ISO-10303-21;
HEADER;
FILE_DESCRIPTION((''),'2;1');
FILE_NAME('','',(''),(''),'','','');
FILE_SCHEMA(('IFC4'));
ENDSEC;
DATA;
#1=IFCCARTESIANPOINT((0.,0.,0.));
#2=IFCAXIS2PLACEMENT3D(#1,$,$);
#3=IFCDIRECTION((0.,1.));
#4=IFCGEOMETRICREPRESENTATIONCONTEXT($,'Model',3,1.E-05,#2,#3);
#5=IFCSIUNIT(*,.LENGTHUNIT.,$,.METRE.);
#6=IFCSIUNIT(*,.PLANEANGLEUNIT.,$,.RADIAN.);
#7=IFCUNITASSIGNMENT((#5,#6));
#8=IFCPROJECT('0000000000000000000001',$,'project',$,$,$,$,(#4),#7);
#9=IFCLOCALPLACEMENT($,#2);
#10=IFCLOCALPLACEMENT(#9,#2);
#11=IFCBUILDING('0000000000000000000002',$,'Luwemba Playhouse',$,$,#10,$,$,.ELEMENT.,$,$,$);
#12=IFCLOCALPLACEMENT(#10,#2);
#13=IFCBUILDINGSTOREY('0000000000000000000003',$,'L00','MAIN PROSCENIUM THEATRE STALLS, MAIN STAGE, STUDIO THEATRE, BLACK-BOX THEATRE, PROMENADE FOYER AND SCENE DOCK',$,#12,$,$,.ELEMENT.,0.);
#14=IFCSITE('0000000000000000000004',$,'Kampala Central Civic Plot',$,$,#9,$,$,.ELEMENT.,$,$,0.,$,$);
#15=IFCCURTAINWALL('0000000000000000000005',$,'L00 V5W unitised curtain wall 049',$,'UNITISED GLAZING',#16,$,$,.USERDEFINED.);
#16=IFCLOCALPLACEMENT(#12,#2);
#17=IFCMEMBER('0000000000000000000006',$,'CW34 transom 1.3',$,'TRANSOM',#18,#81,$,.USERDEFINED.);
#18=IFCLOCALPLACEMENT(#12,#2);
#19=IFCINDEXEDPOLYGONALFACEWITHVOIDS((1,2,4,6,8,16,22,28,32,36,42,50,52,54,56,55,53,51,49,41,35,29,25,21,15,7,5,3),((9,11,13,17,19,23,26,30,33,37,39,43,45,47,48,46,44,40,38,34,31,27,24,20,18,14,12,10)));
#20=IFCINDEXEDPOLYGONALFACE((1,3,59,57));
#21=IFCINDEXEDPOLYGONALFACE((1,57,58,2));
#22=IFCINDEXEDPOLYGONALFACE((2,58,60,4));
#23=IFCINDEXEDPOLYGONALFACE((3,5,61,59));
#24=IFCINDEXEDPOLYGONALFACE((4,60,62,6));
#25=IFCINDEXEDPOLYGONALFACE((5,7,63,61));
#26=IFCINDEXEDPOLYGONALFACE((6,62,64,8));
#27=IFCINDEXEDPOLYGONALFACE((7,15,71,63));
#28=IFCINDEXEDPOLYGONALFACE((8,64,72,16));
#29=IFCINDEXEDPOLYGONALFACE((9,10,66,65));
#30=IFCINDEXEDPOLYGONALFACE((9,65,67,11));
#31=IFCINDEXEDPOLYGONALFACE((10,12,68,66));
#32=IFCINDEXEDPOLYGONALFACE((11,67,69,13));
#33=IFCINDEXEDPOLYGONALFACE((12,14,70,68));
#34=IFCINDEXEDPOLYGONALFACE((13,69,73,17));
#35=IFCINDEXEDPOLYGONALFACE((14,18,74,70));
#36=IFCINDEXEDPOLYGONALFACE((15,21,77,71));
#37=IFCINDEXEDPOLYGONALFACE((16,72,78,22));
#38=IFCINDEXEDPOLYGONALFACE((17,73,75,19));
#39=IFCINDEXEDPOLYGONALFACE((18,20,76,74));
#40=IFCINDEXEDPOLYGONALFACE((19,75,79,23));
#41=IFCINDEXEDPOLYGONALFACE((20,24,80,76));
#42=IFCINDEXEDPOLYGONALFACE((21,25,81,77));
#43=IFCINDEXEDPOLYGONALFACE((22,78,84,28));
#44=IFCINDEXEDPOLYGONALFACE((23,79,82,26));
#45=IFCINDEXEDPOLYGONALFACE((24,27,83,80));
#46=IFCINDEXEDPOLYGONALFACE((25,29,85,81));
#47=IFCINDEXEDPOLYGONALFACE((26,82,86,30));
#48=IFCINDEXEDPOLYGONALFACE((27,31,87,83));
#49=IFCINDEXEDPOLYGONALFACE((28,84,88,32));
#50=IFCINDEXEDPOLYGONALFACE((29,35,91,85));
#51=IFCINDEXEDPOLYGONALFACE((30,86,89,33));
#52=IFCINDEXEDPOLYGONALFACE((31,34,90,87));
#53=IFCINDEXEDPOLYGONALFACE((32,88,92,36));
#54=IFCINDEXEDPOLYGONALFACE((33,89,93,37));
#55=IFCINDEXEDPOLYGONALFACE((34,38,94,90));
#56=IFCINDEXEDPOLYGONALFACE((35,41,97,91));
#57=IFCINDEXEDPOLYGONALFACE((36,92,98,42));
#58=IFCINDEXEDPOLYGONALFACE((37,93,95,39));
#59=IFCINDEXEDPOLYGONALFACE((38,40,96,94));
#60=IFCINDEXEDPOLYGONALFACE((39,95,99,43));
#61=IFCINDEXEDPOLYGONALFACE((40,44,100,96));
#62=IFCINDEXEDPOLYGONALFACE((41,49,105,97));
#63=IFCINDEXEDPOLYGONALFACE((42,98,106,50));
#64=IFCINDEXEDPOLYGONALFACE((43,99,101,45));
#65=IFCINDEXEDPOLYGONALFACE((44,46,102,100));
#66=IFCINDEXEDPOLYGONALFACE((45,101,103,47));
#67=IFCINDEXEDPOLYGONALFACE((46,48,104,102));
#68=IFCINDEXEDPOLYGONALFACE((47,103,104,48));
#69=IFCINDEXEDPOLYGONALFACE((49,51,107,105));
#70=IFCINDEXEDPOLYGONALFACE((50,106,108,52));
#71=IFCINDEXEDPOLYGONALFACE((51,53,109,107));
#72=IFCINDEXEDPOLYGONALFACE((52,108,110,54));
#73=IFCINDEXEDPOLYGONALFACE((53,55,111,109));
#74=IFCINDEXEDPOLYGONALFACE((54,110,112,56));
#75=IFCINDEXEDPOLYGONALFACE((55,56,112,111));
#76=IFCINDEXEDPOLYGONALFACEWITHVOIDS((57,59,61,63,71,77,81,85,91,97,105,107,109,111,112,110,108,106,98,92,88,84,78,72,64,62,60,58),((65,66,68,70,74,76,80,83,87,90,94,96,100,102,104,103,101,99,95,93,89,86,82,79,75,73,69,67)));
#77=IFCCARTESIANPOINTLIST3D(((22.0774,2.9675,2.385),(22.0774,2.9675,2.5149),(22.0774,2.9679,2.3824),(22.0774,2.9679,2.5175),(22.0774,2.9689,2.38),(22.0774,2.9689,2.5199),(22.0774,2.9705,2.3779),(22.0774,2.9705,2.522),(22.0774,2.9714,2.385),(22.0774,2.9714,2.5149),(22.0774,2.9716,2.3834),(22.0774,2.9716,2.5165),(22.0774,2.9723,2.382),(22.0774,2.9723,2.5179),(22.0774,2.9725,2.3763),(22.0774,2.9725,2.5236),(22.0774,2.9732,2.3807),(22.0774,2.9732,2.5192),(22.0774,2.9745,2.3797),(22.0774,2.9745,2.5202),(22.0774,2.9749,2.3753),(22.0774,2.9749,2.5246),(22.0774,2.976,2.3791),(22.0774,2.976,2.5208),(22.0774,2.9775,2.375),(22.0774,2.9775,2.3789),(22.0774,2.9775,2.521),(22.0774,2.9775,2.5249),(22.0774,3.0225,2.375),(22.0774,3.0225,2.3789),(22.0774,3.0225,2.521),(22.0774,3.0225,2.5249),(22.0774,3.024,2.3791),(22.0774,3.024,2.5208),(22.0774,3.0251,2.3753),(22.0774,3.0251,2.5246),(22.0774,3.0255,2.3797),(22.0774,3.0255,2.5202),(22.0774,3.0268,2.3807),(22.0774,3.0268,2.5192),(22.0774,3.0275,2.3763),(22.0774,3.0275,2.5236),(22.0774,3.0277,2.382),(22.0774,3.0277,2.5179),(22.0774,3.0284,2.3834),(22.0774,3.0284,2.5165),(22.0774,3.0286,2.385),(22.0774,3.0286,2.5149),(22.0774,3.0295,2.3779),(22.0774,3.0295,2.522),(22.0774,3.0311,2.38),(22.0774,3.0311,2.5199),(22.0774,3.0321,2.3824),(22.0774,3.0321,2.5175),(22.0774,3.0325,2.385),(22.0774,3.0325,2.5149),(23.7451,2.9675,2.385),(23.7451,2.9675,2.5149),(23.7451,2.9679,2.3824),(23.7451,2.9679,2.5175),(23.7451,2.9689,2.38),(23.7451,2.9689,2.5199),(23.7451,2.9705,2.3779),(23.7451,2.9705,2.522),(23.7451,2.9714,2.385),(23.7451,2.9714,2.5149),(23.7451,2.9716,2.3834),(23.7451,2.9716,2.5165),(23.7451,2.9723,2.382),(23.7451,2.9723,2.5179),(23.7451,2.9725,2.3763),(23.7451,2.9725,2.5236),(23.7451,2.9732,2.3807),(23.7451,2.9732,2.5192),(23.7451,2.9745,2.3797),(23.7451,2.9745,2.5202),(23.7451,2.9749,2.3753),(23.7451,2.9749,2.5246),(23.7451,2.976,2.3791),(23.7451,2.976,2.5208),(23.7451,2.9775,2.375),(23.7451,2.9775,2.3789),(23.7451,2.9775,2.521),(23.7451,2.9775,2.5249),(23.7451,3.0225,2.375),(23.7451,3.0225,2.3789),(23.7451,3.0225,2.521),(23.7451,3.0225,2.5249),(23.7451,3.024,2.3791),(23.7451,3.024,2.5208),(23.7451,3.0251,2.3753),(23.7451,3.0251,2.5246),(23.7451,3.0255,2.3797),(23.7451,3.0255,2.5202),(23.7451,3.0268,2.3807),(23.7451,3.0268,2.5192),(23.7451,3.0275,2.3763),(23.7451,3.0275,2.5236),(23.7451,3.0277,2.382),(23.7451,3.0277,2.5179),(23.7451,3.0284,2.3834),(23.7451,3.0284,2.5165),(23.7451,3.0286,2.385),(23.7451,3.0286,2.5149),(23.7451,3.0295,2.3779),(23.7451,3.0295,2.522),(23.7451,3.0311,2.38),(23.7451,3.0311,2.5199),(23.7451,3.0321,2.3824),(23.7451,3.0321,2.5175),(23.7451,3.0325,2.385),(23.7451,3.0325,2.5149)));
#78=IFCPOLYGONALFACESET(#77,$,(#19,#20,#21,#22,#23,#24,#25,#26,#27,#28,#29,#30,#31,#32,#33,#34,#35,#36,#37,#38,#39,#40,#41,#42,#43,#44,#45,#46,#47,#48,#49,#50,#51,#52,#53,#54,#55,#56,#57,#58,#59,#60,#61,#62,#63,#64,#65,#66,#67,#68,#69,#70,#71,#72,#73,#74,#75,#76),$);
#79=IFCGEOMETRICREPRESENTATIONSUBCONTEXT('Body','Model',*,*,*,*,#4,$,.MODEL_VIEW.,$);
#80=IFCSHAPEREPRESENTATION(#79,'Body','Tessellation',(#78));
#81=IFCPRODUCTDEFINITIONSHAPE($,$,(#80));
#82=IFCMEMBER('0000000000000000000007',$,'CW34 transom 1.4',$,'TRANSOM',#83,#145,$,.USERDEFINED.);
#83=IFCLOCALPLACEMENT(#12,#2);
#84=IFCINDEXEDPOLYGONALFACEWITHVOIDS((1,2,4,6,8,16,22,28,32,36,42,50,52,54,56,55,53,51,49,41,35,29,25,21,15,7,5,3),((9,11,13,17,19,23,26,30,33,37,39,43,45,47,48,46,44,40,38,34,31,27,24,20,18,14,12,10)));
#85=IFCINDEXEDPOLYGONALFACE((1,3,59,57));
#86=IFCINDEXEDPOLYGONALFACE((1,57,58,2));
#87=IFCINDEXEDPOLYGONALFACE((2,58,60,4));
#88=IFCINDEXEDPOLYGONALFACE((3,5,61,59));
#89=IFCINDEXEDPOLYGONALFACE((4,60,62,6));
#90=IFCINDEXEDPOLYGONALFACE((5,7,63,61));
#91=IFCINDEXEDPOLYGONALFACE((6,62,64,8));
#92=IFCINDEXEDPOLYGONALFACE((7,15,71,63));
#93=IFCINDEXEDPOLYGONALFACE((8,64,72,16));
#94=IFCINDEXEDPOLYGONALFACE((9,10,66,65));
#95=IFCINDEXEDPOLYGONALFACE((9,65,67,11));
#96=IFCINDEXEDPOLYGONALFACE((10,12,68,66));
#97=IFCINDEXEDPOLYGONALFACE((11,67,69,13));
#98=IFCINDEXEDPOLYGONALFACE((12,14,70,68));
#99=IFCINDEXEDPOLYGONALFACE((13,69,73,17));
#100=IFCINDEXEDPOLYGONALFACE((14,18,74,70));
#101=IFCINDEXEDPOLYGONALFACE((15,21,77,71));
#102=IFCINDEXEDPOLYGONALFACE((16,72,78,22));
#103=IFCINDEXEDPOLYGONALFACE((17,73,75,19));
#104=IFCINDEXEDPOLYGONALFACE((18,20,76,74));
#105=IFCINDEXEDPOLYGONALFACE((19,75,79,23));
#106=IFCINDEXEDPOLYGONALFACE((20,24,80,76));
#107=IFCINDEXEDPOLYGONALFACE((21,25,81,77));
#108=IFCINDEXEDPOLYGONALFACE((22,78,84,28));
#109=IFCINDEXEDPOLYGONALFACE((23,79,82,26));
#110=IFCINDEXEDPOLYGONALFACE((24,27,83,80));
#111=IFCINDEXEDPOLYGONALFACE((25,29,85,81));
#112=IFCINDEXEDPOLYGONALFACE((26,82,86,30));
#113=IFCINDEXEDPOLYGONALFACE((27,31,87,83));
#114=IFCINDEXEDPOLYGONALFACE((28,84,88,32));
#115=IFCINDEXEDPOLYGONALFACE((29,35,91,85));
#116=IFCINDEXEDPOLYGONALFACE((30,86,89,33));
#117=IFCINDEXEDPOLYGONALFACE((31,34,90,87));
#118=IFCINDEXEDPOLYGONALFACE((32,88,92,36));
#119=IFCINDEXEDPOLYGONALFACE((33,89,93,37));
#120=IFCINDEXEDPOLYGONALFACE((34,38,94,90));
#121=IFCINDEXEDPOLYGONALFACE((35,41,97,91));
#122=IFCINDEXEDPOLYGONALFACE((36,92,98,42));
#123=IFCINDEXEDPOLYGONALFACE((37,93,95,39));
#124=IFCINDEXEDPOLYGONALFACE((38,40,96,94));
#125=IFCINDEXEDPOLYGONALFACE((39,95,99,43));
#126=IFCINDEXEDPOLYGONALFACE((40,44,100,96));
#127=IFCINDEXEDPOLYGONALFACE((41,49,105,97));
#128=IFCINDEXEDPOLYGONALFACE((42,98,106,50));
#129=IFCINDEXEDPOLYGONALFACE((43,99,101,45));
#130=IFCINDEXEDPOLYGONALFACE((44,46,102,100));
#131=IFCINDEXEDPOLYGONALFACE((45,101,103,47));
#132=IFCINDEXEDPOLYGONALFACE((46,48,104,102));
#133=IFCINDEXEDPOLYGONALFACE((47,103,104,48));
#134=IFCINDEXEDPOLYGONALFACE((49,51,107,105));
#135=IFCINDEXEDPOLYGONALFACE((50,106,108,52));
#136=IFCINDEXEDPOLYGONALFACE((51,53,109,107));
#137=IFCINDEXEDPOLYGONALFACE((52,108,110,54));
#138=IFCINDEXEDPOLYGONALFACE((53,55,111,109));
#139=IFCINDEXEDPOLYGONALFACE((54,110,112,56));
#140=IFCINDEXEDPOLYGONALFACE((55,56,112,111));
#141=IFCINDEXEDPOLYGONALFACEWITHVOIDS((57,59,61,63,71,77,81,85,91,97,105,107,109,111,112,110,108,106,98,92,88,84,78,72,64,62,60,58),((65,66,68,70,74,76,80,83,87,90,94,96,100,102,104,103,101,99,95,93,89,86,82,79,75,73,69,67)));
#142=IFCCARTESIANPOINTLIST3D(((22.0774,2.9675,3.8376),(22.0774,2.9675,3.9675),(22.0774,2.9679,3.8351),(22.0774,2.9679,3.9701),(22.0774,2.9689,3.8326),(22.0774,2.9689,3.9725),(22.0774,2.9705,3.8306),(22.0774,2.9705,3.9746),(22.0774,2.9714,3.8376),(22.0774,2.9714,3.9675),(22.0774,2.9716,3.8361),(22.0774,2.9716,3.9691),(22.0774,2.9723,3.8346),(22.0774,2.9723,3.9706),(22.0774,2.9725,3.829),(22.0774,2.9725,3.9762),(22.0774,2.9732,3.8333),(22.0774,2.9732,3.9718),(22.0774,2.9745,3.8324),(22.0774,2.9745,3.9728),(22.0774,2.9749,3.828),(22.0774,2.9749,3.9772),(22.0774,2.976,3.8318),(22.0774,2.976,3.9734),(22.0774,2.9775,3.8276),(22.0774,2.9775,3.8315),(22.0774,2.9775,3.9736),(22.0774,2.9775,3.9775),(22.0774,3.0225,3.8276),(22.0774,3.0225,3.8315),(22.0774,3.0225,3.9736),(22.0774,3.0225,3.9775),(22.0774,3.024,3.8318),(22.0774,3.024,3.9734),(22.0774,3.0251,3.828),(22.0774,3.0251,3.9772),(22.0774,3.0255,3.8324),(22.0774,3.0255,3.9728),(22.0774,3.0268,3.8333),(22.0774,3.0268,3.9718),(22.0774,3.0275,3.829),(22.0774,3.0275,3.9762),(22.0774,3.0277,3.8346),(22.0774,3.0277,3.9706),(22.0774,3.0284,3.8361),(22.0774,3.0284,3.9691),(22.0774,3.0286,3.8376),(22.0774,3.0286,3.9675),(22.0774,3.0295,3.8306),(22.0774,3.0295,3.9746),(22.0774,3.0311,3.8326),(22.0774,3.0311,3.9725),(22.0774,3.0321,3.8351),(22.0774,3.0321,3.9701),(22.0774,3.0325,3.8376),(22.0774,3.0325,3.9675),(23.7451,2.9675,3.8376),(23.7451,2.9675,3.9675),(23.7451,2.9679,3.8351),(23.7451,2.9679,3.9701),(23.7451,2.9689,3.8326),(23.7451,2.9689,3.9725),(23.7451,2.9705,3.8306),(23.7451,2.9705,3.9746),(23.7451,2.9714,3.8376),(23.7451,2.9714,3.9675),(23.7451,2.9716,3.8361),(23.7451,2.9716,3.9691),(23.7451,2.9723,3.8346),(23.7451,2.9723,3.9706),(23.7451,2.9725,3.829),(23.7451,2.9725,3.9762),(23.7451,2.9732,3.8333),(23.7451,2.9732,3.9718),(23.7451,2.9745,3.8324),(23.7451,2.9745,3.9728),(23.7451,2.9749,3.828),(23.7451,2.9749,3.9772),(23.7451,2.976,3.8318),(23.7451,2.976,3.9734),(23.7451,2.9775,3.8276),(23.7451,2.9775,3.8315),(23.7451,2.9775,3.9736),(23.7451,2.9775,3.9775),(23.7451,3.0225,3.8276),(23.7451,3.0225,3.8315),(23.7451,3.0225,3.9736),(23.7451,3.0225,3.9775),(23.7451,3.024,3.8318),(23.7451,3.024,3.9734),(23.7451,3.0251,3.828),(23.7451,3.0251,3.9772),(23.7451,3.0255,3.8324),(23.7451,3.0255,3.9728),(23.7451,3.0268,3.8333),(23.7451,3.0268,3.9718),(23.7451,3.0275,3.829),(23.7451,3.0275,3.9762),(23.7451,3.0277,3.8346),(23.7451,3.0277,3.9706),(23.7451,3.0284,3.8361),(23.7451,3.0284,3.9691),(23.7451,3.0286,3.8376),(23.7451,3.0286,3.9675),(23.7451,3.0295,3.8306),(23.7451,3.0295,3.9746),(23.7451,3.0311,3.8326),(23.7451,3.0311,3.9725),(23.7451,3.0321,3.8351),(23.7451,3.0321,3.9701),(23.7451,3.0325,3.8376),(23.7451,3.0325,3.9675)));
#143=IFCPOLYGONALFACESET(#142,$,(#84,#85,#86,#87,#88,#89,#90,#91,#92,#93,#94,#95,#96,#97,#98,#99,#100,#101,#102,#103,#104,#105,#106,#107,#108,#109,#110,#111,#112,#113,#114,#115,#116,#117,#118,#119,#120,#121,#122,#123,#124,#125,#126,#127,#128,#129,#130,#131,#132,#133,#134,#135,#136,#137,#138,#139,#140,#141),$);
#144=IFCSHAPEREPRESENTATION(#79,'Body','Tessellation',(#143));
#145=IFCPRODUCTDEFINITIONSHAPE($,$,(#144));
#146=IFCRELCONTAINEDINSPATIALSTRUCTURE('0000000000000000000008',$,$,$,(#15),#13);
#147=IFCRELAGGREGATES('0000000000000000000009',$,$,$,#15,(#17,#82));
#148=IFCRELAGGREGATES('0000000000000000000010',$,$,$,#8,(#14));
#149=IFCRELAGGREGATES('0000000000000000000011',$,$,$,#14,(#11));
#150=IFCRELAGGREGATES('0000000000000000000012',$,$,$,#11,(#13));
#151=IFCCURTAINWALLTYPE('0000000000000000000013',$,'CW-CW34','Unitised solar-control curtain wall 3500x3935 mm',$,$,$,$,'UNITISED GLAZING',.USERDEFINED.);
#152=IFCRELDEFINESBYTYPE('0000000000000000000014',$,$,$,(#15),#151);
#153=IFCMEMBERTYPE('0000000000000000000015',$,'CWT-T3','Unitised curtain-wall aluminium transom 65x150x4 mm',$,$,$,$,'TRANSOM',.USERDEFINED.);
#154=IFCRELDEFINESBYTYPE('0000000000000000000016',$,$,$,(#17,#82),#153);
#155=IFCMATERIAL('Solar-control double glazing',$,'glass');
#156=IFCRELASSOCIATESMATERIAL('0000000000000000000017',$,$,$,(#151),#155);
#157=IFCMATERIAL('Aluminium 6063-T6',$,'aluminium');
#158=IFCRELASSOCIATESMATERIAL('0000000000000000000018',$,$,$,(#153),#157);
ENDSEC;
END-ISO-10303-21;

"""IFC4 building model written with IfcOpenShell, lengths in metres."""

from ifc_helpers import new_model, si_unit, direction, frame, origin, origin_2d, place, context, subcontext, project, spatial, hollow_rectangle, extrude, material, material_profile, profile_set, type_object, element, aggregate, save


model = new_model("IFC4")

# Units and contexts
model_context = context("Model", 3, precision=1e-05, world=origin(), true_north=direction((0.0, 1.0)))
body_context = subcontext(model_context, "Body", "Model", "MODEL_VIEW")
ifc_project = project(units=[si_unit("LENGTHUNIT", "METRE"), si_unit("PLANEANGLEUNIT", "RADIAN")], contexts=[model_context])

# Site, building, storey
site_placement = place(None, origin())
site = spatial("IfcSite", under=ifc_project, at=site_placement, Name="Kampala Central Civic Plot", CompositionType="ELEMENT", RefElevation=0.0)
building_placement = place(site_placement, origin())
building = spatial("IfcBuilding", under=site, at=building_placement, Name="Luwemba Playhouse", CompositionType="ELEMENT")
storey_placement = place(building_placement, origin())
storey = spatial("IfcBuildingStorey", under=building, at=storey_placement, Name="L00", Description="MAIN PROSCENIUM THEATRE STALLS, MAIN STAGE, STUDIO THEATRE, BLACK-BOX THEATRE, PROMENADE FOYER AND SCENE DOCK", CompositionType="ELEMENT", Elevation=0.0)

# Shared definitions
ifc_material_1 = material(Name="Solar-control double glazing", Category="glass")
ifc_material_2 = material(Name="Aluminium 6063-T6", Category="aluminium")

# Curtain wall
curtain_wall_type_1 = type_object("IfcCurtainWallType", Name="CW-CW34", Description="Unitised solar-control curtain wall 3500x3935 mm", ElementType="UNITISED GLAZING", PredefinedType="USERDEFINED", material=ifc_material_1)
curtain_wall_1_placement = place(storey_placement, origin())
curtain_wall_1 = element("IfcCurtainWall", 1, at=curtain_wall_1_placement, inside=storey, type_object=curtain_wall_type_1, Name="L00 V5W unitised curtain wall 049", ObjectType="UNITISED GLAZING", PredefinedType="USERDEFINED")

# Members
ifc_material_profile_1 = material_profile(ifc_material_2, hollow_rectangle(XDim=0.0649, YDim=0.1499, WallThickness=0.0039, InnerFilletRadius=0.0061, OuterFilletRadius=0.01, at=origin_2d()))
ifc_profile_set_1 = profile_set([ifc_material_profile_1], Name="Aluminium 6063-T6")
member_type_1 = type_object("IfcMemberType", Name="CWT-T3", Description="Unitised curtain-wall aluminium transom 65x150x4 mm", ElementType="TRANSOM", PredefinedType="USERDEFINED", material=ifc_profile_set_1)
member_1_placement = place(storey_placement, frame((23.7451, 3.0, 2.45), z_axis=(-1.0, 0.0, 0.0), x_axis=(0.0, -1.0, 0.0)))
member_1 = element("IfcMember", 2, at=member_1_placement, type_object=member_type_1, Name="CW34 transom 1.3", ObjectType="TRANSOM", PredefinedType="USERDEFINED", context=body_context, shape_type="SweptSolid", body=[
    extrude(hollow_rectangle(XDim=0.0649, YDim=0.1499, WallThickness=0.0039, InnerFilletRadius=0.0061, OuterFilletRadius=0.01, at=origin_2d()), origin(), (0.0, 0.0, 1.0), 1.6677),
])
member_2_placement = place(storey_placement, frame((23.7451, 3.0, 3.9026), z_axis=(-1.0, 0.0, 0.0), x_axis=(0.0, -1.0, 0.0)))
member_2 = element("IfcMember", 3, at=member_2_placement, type_object=member_type_1, Name="CW34 transom 1.4", ObjectType="TRANSOM", PredefinedType="USERDEFINED", context=body_context, shape_type="SweptSolid", body=[
    extrude(hollow_rectangle(XDim=0.0649, YDim=0.1499, WallThickness=0.0039, InnerFilletRadius=0.0061, OuterFilletRadius=0.01, at=origin_2d()), origin(), (0.0, 0.0, 1.0), 1.6677),
])

aggregate(curtain_wall_1, [member_1, member_2])

save(model, "model.ifc")
